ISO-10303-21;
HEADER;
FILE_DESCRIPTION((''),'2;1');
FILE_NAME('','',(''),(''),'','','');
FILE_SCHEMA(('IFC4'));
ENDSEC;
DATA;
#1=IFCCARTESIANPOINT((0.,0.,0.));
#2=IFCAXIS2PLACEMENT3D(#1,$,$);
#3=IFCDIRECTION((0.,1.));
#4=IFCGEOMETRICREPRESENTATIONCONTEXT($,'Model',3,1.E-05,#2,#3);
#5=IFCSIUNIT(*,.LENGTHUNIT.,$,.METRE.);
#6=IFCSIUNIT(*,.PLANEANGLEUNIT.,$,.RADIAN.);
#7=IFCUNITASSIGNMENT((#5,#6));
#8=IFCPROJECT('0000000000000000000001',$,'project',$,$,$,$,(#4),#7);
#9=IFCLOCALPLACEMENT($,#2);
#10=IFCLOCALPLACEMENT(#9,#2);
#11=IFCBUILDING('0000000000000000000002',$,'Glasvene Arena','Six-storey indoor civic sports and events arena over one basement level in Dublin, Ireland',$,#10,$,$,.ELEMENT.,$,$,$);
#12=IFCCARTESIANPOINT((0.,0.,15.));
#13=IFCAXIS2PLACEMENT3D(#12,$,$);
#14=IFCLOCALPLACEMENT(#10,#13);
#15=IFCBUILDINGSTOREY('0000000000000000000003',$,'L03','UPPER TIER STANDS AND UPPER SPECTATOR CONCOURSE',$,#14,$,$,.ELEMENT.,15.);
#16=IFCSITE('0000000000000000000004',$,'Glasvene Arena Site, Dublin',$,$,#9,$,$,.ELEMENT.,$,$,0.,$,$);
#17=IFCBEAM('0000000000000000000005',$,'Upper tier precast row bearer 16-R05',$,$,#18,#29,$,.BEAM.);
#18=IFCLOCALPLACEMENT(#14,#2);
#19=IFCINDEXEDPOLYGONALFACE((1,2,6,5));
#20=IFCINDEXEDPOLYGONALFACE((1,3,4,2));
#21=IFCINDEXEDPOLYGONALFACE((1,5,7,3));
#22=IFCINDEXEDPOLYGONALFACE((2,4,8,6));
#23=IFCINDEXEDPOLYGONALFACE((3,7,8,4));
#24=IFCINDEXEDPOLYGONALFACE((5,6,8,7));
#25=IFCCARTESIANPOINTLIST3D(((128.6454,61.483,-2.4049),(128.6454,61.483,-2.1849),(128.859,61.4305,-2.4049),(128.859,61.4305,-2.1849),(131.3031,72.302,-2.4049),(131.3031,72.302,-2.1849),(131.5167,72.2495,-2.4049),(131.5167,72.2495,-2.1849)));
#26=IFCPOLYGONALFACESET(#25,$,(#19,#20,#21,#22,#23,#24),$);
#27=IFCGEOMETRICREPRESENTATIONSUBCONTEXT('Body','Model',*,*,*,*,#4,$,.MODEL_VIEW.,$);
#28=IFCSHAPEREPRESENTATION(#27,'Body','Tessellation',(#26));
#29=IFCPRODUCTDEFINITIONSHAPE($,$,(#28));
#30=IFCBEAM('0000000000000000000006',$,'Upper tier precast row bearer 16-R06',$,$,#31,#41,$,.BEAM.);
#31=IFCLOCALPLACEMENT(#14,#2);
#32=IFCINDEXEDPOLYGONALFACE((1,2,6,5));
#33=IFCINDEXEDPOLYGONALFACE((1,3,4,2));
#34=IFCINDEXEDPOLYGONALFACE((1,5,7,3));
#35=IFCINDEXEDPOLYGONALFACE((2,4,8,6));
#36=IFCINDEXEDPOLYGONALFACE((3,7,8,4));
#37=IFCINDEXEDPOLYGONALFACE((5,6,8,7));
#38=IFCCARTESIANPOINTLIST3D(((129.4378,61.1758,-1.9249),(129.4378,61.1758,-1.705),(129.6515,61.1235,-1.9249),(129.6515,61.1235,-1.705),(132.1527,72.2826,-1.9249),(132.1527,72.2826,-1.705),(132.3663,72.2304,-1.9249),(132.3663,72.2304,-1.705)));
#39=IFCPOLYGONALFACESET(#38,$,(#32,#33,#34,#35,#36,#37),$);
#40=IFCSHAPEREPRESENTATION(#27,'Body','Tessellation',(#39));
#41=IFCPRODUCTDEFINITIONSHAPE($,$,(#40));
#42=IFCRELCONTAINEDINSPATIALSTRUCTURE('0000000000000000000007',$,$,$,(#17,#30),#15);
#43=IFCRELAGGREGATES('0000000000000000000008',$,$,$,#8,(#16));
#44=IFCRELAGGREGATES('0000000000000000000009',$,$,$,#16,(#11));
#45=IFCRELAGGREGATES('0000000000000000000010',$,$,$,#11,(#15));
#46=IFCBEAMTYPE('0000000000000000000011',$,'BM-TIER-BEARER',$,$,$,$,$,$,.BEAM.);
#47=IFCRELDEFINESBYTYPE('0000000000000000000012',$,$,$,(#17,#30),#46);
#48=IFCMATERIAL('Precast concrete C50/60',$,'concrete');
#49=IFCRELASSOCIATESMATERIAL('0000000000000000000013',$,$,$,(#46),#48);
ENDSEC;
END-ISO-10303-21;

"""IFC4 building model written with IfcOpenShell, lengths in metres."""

from ifc_helpers import new_model, si_unit, direction, frame, origin, origin_2d, place, context, subcontext, project, spatial, rectangle, extrude, material, material_profile, profile_set, type_object, element, save


model = new_model("IFC4")

# Units and contexts
model_context = context("Model", 3, precision=1e-05, world=origin(), true_north=direction((0.0, 1.0)))
body_context = subcontext(model_context, "Body", "Model", "MODEL_VIEW")
ifc_project = project(units=[si_unit("LENGTHUNIT", "METRE"), si_unit("PLANEANGLEUNIT", "RADIAN")], contexts=[model_context])

# Site, building, storey
site_placement = place(None, origin())
site = spatial("IfcSite", under=ifc_project, at=site_placement, Name="Glasvene Arena Site, Dublin", CompositionType="ELEMENT", RefElevation=0.0)
building_placement = place(site_placement, origin())
building = spatial("IfcBuilding", under=site, at=building_placement, Name="Glasvene Arena", Description="Six-storey indoor civic sports and events arena over one basement level in Dublin, Ireland", CompositionType="ELEMENT")
storey_placement = place(building_placement, frame((0.0, 0.0, 15.0)))
storey = spatial("IfcBuildingStorey", under=building, at=storey_placement, Name="L03", Description="UPPER TIER STANDS AND UPPER SPECTATOR CONCOURSE", CompositionType="ELEMENT", Elevation=15.0)

# Beams
ifc_material_1 = material(Name="Precast concrete C50/60", Category="concrete")
ifc_material_profile_1 = material_profile(ifc_material_1, rectangle(XDim=0.22, YDim=0.22, at=origin_2d()), Name="RC 220x220")
ifc_profile_set_1 = profile_set([ifc_material_profile_1], Name="Precast concrete C50/60")
beam_type_1 = type_object("IfcBeamType", Name="BM-TIER-BEARER", PredefinedType="BEAM", material=ifc_profile_set_1)
beam_1_placement = place(storey_placement, frame((128.7522, 61.4568, -2.2949), z_axis=(0.238558, 0.971128, 0.0), x_axis=(-0.971128, 0.238558, 0.0)))
element("IfcBeam", 1, at=beam_1_placement, inside=storey, type_object=beam_type_1, Name="Upper tier precast row bearer 16-R05", PredefinedType="BEAM", context=body_context, shape_type="SweptSolid", body=[
    extrude(rectangle(XDim=0.22, YDim=0.22, at=origin_2d()), origin(), (0.0, 0.0, 1.0), 11.1406),
])
beam_2_placement = place(storey_placement, frame((129.5447, 61.1497, -1.8149), z_axis=(0.237438, 0.971403, 0.0), x_axis=(-0.971403, 0.237438, 0.0)))
element("IfcBeam", 2, at=beam_2_placement, inside=storey, type_object=beam_type_1, Name="Upper tier precast row bearer 16-R06", PredefinedType="BEAM", context=body_context, shape_type="SweptSolid", body=[
    extrude(rectangle(XDim=0.22, YDim=0.22, at=origin_2d()), origin(), (0.0, 0.0, 1.0), 11.4338),
])

save(model, "model.ifc")
